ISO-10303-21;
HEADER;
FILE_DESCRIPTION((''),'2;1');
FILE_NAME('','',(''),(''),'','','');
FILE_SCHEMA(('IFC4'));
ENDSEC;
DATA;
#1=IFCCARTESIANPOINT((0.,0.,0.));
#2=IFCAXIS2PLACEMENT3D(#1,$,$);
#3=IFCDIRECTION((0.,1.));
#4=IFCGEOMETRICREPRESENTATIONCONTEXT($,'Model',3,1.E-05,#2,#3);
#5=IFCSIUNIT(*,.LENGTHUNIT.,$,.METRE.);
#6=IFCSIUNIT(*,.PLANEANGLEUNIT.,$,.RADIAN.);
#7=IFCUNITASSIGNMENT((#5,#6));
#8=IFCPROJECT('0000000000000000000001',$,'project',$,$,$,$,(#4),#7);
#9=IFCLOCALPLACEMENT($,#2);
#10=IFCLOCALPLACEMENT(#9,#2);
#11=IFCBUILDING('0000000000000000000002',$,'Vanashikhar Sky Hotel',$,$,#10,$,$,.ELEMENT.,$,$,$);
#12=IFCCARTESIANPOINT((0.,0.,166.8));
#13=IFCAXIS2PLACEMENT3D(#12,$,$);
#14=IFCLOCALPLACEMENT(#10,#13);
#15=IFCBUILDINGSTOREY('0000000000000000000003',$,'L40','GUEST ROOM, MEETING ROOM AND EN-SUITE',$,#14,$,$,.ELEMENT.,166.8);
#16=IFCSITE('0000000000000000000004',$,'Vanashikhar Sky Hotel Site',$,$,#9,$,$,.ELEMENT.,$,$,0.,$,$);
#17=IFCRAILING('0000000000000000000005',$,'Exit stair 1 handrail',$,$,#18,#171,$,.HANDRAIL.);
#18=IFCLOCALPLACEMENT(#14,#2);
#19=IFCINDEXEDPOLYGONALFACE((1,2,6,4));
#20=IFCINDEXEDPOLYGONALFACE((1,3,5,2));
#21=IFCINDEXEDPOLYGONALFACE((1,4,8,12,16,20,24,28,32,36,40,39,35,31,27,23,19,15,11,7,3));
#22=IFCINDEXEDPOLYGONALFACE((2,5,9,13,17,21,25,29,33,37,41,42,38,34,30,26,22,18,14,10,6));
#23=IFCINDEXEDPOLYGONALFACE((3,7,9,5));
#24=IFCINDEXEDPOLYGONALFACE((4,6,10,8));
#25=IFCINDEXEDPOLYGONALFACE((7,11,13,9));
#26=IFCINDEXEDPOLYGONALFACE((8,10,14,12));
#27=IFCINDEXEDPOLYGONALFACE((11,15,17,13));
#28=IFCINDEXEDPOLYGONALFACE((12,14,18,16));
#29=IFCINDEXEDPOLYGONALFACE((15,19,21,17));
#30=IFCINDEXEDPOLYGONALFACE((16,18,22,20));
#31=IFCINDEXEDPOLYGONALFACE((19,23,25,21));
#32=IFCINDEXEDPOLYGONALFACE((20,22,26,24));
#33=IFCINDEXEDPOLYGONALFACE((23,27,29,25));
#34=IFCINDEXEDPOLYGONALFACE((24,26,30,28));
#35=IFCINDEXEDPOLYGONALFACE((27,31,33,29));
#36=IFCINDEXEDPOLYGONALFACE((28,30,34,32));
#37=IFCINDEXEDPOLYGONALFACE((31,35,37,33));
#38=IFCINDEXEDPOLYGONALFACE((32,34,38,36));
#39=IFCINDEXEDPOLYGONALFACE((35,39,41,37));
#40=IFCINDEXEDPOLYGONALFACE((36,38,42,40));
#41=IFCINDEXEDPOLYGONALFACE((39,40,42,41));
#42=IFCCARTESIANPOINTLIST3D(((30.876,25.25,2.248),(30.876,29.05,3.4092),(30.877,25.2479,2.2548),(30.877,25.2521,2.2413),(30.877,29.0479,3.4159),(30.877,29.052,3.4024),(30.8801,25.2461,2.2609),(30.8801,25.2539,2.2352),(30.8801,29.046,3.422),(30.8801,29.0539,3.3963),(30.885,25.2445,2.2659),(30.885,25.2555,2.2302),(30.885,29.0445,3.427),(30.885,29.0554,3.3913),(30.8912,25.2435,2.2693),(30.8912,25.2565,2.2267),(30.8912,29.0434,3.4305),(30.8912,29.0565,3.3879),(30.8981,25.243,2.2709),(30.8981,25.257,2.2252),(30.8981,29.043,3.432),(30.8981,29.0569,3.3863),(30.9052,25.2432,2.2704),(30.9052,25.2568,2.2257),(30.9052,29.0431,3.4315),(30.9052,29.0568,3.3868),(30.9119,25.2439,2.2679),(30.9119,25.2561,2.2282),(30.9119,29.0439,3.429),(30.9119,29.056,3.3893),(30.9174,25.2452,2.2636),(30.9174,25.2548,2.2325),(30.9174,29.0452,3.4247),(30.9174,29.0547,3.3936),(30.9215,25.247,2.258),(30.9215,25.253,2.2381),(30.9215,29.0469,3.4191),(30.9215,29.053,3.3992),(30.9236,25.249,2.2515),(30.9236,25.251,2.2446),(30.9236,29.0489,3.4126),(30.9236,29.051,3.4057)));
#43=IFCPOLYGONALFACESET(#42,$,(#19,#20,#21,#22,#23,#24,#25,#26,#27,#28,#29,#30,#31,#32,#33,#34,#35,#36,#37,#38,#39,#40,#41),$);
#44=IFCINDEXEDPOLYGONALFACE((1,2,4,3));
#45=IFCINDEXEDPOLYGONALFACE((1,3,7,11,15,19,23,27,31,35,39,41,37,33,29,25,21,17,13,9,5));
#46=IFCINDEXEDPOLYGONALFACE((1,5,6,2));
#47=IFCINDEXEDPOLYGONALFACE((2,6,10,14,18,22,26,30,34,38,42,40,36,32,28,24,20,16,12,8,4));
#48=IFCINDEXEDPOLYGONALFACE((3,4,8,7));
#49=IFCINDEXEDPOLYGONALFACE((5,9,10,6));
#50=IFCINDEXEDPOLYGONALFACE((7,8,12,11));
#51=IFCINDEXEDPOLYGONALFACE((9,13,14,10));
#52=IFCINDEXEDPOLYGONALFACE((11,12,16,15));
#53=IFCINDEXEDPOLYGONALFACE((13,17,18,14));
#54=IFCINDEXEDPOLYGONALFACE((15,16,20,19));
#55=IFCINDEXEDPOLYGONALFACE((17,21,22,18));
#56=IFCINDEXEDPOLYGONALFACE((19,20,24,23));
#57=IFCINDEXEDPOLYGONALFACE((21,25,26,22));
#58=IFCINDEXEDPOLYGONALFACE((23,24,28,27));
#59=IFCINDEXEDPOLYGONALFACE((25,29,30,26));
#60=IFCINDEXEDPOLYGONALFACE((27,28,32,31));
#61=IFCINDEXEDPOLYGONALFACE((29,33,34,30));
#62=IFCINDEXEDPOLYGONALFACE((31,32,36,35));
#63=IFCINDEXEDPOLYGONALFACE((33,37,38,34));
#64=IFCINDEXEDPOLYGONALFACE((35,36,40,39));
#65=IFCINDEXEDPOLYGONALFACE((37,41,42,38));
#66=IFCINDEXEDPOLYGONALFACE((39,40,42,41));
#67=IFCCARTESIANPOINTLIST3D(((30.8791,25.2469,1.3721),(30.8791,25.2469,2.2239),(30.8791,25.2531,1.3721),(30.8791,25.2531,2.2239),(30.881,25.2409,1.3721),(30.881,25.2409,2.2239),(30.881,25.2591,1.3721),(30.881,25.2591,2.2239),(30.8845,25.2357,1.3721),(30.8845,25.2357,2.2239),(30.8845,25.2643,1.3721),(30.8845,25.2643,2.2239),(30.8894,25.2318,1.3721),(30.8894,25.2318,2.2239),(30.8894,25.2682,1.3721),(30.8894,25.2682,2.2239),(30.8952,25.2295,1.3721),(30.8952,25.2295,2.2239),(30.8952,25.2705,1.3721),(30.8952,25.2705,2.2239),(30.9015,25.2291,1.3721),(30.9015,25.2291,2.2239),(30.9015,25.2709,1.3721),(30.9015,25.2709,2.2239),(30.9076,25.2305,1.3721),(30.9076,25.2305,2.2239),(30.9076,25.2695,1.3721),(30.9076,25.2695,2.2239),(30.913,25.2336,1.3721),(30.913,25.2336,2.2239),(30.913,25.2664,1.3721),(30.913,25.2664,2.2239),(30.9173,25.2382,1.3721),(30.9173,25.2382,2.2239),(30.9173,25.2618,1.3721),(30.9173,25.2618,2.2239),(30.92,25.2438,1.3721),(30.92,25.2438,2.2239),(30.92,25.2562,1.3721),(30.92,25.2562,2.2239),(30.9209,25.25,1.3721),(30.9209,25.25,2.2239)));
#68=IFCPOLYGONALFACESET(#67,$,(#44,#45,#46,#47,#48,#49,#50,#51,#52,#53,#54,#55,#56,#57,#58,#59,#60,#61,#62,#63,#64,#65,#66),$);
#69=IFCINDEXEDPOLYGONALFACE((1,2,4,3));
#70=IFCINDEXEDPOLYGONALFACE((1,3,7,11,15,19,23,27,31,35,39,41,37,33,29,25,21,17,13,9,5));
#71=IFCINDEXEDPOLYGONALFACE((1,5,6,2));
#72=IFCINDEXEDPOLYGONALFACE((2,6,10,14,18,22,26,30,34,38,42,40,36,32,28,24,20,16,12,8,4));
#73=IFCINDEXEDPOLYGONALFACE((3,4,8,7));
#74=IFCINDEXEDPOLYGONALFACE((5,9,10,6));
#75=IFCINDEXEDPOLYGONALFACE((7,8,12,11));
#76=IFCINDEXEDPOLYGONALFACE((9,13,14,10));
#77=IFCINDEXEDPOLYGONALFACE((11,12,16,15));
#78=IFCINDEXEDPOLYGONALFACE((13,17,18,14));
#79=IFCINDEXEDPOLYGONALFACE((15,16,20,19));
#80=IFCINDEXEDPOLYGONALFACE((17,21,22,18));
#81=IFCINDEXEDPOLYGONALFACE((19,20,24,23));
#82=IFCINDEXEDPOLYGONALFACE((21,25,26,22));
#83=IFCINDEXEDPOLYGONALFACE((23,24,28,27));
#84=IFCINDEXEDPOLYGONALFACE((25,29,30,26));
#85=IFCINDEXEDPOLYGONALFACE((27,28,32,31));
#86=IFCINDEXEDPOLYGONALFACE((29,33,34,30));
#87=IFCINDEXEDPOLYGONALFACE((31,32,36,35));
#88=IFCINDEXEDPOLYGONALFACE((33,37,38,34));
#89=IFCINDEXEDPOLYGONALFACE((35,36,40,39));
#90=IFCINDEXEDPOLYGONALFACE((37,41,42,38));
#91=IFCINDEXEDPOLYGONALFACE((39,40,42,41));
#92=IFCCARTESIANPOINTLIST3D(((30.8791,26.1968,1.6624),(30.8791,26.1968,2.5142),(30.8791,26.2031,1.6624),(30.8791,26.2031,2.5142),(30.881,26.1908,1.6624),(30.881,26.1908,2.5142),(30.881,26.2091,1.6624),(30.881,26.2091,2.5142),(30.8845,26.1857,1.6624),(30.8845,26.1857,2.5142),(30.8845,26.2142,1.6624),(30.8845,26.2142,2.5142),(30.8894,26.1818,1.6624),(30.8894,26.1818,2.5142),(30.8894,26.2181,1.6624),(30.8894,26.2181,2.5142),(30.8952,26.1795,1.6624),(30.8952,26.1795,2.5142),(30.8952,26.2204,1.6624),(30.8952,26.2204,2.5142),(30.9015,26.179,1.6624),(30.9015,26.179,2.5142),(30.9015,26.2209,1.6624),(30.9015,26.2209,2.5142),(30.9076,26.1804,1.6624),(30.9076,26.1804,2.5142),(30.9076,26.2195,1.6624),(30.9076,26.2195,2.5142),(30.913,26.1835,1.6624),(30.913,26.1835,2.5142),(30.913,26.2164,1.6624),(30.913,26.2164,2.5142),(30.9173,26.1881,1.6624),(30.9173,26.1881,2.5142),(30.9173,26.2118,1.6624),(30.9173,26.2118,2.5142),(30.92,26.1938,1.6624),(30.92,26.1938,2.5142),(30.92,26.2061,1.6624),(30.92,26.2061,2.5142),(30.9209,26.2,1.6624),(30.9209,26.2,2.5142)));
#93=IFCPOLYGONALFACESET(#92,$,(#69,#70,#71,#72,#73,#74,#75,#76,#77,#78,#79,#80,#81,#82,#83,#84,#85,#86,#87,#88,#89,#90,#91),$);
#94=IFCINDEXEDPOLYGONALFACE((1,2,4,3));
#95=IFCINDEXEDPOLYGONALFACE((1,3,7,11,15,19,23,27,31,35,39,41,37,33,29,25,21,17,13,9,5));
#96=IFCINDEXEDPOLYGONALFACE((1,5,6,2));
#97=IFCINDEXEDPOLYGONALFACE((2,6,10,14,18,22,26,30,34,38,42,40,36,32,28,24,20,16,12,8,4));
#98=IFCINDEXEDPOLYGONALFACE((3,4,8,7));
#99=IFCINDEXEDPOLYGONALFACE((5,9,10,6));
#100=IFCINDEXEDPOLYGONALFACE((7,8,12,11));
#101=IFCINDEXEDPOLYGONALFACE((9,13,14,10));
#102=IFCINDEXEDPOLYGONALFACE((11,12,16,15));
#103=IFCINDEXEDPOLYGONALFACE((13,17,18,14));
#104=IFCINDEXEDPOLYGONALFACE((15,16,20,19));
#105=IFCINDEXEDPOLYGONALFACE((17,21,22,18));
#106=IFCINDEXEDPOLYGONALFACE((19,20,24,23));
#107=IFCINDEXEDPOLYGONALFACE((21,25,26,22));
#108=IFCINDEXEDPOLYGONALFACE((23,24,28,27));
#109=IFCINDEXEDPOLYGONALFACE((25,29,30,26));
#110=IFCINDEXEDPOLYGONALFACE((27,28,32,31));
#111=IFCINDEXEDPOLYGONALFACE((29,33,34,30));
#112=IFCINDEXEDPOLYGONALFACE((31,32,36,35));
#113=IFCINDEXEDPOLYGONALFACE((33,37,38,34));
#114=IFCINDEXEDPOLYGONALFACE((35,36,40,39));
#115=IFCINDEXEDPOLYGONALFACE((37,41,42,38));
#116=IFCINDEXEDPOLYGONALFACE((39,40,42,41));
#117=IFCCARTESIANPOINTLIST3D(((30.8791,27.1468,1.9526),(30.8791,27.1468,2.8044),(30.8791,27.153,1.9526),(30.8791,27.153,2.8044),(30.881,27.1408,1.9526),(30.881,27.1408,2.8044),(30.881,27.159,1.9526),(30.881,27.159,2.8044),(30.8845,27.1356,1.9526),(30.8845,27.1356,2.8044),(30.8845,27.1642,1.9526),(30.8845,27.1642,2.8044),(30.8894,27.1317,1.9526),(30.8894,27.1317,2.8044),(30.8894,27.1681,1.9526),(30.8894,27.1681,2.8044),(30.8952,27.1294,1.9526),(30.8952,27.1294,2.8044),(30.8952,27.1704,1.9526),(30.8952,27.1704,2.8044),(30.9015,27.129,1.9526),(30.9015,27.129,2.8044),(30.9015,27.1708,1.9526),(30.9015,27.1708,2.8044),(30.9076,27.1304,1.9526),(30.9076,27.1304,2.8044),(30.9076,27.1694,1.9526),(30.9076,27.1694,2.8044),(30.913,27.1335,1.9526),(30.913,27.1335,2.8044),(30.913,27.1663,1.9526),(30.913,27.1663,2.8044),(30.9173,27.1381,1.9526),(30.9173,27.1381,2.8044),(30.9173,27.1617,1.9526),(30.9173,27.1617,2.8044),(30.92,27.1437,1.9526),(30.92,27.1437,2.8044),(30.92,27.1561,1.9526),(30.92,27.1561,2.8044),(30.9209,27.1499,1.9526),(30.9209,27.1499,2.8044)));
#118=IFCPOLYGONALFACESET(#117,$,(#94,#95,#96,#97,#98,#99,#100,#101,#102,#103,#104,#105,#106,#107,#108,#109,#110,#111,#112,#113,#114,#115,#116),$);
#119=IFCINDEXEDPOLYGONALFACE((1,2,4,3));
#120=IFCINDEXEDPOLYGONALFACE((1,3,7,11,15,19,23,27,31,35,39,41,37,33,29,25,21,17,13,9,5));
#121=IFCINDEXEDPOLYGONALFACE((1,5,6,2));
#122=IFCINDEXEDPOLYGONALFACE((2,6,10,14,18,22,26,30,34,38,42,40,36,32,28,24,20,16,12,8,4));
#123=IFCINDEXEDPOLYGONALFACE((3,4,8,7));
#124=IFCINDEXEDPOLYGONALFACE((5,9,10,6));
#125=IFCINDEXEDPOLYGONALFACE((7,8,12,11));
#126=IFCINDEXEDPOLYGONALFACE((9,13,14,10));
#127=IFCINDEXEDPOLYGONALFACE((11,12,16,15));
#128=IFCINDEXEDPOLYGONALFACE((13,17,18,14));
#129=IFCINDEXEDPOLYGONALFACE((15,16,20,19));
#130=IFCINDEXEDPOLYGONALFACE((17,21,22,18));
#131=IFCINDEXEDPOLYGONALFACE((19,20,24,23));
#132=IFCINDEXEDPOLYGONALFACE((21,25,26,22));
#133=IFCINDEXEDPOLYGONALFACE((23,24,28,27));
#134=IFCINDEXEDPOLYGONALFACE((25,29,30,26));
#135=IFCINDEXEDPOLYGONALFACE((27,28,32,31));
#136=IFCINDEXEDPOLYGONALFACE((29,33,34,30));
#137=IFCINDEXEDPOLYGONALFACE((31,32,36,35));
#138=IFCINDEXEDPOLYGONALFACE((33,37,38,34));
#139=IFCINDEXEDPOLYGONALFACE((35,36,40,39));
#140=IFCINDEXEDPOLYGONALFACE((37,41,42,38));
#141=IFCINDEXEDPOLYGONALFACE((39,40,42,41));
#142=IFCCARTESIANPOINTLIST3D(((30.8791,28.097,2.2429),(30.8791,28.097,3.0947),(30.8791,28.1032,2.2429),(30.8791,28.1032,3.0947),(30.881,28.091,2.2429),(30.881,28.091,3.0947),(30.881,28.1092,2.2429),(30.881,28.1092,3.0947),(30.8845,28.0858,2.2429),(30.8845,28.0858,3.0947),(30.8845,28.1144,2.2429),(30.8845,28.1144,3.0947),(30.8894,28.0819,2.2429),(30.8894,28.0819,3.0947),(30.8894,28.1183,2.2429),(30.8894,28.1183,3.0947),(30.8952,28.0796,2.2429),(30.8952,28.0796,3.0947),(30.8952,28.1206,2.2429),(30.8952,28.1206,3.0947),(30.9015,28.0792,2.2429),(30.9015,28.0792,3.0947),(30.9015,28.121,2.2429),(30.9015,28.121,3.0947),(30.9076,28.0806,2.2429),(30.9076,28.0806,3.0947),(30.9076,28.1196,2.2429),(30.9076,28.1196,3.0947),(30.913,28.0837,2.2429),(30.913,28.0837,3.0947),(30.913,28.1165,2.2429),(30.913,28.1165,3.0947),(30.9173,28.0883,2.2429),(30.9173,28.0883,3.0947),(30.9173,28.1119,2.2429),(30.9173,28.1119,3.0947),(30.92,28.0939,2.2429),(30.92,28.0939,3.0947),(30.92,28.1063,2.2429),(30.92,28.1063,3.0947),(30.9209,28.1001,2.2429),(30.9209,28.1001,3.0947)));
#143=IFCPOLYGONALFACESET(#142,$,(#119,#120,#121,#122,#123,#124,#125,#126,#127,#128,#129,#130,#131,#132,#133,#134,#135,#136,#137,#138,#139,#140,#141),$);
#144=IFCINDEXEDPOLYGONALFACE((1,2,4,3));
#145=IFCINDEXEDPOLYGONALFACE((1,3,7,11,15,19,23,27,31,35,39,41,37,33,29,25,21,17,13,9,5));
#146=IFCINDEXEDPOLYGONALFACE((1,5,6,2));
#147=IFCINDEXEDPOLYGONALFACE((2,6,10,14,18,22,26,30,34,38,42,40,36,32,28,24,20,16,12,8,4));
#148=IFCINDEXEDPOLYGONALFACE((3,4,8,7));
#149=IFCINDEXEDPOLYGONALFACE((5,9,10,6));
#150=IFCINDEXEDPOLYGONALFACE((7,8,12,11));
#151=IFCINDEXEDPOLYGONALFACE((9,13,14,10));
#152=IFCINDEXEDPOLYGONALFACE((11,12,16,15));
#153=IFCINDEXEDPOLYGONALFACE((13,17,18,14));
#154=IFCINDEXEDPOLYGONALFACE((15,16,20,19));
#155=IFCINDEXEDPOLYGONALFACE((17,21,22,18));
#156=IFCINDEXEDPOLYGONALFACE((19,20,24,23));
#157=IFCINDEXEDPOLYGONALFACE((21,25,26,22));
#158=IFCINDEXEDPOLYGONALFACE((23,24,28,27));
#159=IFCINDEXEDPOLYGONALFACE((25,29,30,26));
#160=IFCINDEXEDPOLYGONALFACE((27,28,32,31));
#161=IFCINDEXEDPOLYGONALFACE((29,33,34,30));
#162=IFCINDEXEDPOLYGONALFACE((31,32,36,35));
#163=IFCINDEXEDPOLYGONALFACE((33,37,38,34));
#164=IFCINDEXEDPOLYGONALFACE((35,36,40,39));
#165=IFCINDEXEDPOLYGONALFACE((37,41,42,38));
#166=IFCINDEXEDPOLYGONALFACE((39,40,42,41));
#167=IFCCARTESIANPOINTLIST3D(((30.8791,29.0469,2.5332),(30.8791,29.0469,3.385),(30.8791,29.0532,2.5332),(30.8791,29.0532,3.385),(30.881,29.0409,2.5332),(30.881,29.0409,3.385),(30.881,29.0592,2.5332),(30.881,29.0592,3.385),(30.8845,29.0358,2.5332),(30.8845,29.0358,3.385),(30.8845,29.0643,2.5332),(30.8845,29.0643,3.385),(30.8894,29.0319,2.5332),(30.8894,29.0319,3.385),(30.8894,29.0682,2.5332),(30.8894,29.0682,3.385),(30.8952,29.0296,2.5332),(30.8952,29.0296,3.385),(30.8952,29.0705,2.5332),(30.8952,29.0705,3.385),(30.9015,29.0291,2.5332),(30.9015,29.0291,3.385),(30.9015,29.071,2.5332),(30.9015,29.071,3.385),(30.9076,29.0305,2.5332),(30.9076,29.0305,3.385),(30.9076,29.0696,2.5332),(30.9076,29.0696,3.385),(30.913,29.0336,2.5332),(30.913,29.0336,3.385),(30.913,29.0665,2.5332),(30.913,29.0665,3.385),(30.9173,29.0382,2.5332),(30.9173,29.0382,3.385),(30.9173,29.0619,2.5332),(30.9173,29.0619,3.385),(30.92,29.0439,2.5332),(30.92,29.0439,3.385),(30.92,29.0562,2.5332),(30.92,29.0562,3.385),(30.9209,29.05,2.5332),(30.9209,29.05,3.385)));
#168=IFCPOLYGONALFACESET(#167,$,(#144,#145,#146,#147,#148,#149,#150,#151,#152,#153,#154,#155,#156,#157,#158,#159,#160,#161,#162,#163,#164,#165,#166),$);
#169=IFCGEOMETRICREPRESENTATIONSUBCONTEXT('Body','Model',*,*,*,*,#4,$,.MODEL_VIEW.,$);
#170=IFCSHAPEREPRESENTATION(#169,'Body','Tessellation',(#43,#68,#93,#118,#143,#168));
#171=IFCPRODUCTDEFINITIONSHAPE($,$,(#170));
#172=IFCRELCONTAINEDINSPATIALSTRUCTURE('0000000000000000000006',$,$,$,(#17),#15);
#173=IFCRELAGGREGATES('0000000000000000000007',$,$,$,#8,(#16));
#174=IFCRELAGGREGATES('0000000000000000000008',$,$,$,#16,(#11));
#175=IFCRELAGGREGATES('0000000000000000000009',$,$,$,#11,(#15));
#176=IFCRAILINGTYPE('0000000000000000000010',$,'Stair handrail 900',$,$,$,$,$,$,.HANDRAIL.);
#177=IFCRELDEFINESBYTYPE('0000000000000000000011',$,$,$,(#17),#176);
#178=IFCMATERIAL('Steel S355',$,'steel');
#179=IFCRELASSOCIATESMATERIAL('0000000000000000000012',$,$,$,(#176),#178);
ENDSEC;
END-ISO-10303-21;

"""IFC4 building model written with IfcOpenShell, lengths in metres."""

from ifc_helpers import new_model, si_unit, direction, frame, origin, origin_2d, place, context, subcontext, project, spatial, circle, extrude, source, transform, mapped, material, type_object, element, save


model = new_model("IFC4")

# Units and contexts
model_context = context("Model", 3, precision=1e-05, world=origin(), true_north=direction((0.0, 1.0)))
body_context = subcontext(model_context, "Body", "Model", "MODEL_VIEW")
ifc_project = project(units=[si_unit("LENGTHUNIT", "METRE"), si_unit("PLANEANGLEUNIT", "RADIAN")], contexts=[model_context])

# Site, building, storey
site_placement = place(None, origin())
site = spatial("IfcSite", under=ifc_project, at=site_placement, Name="Vanashikhar Sky Hotel Site", CompositionType="ELEMENT", RefElevation=0.0)
building_placement = place(site_placement, origin())
building = spatial("IfcBuilding", under=site, at=building_placement, Name="Vanashikhar Sky Hotel", CompositionType="ELEMENT")
storey_placement = place(building_placement, frame((0.0, 0.0, 166.8)))
storey = spatial("IfcBuildingStorey", under=building, at=storey_placement, Name="L40", Description="GUEST ROOM, MEETING ROOM AND EN-SUITE", CompositionType="ELEMENT", Elevation=166.8)

# Railing
ifc_material_1 = material(Name="Steel S355", Category="steel")
railing_type_1 = type_object("IfcRailingType", Name="Stair handrail 900", PredefinedType="HANDRAIL", material=ifc_material_1)
shared_shape_1 = source(origin(), body_context, "Body", "SweptSolid", [
    extrude(circle(Radius=0.0239, at=origin_2d()), frame((0.0, 0.0, 0.876), z_axis=(0.0, 0.956351, 0.29222), x_axis=(-1.0, 0.0, 0.0)), (0.0, 0.0, 1.0), 3.9734),
    extrude(circle(Radius=0.021, at=origin_2d()), origin(), (0.0, 0.0, 1.0), 0.8518),
    extrude(circle(Radius=0.021, at=origin_2d()), frame((0.0, 0.95, 0.2903)), (0.0, 0.0, 1.0), 0.8518),
    extrude(circle(Radius=0.021, at=origin_2d()), frame((0.0, 1.8999, 0.5806)), (0.0, 0.0, 1.0), 0.8518),
    extrude(circle(Radius=0.021, at=origin_2d()), frame((0.0, 2.8501, 0.8708)), (0.0, 0.0, 1.0), 0.8518),
    extrude(circle(Radius=0.021, at=origin_2d()), frame((0.0, 3.8, 1.1611)), (0.0, 0.0, 1.0), 0.8518),
])
railing_1_placement = place(storey_placement, frame((30.8999, 25.25, 1.3721)))
element("IfcRailing", 1, at=railing_1_placement, inside=storey, type_object=railing_type_1, Name="Exit stair 1 handrail", PredefinedType="HANDRAIL", context=body_context, shape_type="MappedRepresentation", body=[
    mapped(shared_shape_1, transform((0.0, 0.0, 0.0), scale=1.0)),
])

save(model, "model.ifc")
